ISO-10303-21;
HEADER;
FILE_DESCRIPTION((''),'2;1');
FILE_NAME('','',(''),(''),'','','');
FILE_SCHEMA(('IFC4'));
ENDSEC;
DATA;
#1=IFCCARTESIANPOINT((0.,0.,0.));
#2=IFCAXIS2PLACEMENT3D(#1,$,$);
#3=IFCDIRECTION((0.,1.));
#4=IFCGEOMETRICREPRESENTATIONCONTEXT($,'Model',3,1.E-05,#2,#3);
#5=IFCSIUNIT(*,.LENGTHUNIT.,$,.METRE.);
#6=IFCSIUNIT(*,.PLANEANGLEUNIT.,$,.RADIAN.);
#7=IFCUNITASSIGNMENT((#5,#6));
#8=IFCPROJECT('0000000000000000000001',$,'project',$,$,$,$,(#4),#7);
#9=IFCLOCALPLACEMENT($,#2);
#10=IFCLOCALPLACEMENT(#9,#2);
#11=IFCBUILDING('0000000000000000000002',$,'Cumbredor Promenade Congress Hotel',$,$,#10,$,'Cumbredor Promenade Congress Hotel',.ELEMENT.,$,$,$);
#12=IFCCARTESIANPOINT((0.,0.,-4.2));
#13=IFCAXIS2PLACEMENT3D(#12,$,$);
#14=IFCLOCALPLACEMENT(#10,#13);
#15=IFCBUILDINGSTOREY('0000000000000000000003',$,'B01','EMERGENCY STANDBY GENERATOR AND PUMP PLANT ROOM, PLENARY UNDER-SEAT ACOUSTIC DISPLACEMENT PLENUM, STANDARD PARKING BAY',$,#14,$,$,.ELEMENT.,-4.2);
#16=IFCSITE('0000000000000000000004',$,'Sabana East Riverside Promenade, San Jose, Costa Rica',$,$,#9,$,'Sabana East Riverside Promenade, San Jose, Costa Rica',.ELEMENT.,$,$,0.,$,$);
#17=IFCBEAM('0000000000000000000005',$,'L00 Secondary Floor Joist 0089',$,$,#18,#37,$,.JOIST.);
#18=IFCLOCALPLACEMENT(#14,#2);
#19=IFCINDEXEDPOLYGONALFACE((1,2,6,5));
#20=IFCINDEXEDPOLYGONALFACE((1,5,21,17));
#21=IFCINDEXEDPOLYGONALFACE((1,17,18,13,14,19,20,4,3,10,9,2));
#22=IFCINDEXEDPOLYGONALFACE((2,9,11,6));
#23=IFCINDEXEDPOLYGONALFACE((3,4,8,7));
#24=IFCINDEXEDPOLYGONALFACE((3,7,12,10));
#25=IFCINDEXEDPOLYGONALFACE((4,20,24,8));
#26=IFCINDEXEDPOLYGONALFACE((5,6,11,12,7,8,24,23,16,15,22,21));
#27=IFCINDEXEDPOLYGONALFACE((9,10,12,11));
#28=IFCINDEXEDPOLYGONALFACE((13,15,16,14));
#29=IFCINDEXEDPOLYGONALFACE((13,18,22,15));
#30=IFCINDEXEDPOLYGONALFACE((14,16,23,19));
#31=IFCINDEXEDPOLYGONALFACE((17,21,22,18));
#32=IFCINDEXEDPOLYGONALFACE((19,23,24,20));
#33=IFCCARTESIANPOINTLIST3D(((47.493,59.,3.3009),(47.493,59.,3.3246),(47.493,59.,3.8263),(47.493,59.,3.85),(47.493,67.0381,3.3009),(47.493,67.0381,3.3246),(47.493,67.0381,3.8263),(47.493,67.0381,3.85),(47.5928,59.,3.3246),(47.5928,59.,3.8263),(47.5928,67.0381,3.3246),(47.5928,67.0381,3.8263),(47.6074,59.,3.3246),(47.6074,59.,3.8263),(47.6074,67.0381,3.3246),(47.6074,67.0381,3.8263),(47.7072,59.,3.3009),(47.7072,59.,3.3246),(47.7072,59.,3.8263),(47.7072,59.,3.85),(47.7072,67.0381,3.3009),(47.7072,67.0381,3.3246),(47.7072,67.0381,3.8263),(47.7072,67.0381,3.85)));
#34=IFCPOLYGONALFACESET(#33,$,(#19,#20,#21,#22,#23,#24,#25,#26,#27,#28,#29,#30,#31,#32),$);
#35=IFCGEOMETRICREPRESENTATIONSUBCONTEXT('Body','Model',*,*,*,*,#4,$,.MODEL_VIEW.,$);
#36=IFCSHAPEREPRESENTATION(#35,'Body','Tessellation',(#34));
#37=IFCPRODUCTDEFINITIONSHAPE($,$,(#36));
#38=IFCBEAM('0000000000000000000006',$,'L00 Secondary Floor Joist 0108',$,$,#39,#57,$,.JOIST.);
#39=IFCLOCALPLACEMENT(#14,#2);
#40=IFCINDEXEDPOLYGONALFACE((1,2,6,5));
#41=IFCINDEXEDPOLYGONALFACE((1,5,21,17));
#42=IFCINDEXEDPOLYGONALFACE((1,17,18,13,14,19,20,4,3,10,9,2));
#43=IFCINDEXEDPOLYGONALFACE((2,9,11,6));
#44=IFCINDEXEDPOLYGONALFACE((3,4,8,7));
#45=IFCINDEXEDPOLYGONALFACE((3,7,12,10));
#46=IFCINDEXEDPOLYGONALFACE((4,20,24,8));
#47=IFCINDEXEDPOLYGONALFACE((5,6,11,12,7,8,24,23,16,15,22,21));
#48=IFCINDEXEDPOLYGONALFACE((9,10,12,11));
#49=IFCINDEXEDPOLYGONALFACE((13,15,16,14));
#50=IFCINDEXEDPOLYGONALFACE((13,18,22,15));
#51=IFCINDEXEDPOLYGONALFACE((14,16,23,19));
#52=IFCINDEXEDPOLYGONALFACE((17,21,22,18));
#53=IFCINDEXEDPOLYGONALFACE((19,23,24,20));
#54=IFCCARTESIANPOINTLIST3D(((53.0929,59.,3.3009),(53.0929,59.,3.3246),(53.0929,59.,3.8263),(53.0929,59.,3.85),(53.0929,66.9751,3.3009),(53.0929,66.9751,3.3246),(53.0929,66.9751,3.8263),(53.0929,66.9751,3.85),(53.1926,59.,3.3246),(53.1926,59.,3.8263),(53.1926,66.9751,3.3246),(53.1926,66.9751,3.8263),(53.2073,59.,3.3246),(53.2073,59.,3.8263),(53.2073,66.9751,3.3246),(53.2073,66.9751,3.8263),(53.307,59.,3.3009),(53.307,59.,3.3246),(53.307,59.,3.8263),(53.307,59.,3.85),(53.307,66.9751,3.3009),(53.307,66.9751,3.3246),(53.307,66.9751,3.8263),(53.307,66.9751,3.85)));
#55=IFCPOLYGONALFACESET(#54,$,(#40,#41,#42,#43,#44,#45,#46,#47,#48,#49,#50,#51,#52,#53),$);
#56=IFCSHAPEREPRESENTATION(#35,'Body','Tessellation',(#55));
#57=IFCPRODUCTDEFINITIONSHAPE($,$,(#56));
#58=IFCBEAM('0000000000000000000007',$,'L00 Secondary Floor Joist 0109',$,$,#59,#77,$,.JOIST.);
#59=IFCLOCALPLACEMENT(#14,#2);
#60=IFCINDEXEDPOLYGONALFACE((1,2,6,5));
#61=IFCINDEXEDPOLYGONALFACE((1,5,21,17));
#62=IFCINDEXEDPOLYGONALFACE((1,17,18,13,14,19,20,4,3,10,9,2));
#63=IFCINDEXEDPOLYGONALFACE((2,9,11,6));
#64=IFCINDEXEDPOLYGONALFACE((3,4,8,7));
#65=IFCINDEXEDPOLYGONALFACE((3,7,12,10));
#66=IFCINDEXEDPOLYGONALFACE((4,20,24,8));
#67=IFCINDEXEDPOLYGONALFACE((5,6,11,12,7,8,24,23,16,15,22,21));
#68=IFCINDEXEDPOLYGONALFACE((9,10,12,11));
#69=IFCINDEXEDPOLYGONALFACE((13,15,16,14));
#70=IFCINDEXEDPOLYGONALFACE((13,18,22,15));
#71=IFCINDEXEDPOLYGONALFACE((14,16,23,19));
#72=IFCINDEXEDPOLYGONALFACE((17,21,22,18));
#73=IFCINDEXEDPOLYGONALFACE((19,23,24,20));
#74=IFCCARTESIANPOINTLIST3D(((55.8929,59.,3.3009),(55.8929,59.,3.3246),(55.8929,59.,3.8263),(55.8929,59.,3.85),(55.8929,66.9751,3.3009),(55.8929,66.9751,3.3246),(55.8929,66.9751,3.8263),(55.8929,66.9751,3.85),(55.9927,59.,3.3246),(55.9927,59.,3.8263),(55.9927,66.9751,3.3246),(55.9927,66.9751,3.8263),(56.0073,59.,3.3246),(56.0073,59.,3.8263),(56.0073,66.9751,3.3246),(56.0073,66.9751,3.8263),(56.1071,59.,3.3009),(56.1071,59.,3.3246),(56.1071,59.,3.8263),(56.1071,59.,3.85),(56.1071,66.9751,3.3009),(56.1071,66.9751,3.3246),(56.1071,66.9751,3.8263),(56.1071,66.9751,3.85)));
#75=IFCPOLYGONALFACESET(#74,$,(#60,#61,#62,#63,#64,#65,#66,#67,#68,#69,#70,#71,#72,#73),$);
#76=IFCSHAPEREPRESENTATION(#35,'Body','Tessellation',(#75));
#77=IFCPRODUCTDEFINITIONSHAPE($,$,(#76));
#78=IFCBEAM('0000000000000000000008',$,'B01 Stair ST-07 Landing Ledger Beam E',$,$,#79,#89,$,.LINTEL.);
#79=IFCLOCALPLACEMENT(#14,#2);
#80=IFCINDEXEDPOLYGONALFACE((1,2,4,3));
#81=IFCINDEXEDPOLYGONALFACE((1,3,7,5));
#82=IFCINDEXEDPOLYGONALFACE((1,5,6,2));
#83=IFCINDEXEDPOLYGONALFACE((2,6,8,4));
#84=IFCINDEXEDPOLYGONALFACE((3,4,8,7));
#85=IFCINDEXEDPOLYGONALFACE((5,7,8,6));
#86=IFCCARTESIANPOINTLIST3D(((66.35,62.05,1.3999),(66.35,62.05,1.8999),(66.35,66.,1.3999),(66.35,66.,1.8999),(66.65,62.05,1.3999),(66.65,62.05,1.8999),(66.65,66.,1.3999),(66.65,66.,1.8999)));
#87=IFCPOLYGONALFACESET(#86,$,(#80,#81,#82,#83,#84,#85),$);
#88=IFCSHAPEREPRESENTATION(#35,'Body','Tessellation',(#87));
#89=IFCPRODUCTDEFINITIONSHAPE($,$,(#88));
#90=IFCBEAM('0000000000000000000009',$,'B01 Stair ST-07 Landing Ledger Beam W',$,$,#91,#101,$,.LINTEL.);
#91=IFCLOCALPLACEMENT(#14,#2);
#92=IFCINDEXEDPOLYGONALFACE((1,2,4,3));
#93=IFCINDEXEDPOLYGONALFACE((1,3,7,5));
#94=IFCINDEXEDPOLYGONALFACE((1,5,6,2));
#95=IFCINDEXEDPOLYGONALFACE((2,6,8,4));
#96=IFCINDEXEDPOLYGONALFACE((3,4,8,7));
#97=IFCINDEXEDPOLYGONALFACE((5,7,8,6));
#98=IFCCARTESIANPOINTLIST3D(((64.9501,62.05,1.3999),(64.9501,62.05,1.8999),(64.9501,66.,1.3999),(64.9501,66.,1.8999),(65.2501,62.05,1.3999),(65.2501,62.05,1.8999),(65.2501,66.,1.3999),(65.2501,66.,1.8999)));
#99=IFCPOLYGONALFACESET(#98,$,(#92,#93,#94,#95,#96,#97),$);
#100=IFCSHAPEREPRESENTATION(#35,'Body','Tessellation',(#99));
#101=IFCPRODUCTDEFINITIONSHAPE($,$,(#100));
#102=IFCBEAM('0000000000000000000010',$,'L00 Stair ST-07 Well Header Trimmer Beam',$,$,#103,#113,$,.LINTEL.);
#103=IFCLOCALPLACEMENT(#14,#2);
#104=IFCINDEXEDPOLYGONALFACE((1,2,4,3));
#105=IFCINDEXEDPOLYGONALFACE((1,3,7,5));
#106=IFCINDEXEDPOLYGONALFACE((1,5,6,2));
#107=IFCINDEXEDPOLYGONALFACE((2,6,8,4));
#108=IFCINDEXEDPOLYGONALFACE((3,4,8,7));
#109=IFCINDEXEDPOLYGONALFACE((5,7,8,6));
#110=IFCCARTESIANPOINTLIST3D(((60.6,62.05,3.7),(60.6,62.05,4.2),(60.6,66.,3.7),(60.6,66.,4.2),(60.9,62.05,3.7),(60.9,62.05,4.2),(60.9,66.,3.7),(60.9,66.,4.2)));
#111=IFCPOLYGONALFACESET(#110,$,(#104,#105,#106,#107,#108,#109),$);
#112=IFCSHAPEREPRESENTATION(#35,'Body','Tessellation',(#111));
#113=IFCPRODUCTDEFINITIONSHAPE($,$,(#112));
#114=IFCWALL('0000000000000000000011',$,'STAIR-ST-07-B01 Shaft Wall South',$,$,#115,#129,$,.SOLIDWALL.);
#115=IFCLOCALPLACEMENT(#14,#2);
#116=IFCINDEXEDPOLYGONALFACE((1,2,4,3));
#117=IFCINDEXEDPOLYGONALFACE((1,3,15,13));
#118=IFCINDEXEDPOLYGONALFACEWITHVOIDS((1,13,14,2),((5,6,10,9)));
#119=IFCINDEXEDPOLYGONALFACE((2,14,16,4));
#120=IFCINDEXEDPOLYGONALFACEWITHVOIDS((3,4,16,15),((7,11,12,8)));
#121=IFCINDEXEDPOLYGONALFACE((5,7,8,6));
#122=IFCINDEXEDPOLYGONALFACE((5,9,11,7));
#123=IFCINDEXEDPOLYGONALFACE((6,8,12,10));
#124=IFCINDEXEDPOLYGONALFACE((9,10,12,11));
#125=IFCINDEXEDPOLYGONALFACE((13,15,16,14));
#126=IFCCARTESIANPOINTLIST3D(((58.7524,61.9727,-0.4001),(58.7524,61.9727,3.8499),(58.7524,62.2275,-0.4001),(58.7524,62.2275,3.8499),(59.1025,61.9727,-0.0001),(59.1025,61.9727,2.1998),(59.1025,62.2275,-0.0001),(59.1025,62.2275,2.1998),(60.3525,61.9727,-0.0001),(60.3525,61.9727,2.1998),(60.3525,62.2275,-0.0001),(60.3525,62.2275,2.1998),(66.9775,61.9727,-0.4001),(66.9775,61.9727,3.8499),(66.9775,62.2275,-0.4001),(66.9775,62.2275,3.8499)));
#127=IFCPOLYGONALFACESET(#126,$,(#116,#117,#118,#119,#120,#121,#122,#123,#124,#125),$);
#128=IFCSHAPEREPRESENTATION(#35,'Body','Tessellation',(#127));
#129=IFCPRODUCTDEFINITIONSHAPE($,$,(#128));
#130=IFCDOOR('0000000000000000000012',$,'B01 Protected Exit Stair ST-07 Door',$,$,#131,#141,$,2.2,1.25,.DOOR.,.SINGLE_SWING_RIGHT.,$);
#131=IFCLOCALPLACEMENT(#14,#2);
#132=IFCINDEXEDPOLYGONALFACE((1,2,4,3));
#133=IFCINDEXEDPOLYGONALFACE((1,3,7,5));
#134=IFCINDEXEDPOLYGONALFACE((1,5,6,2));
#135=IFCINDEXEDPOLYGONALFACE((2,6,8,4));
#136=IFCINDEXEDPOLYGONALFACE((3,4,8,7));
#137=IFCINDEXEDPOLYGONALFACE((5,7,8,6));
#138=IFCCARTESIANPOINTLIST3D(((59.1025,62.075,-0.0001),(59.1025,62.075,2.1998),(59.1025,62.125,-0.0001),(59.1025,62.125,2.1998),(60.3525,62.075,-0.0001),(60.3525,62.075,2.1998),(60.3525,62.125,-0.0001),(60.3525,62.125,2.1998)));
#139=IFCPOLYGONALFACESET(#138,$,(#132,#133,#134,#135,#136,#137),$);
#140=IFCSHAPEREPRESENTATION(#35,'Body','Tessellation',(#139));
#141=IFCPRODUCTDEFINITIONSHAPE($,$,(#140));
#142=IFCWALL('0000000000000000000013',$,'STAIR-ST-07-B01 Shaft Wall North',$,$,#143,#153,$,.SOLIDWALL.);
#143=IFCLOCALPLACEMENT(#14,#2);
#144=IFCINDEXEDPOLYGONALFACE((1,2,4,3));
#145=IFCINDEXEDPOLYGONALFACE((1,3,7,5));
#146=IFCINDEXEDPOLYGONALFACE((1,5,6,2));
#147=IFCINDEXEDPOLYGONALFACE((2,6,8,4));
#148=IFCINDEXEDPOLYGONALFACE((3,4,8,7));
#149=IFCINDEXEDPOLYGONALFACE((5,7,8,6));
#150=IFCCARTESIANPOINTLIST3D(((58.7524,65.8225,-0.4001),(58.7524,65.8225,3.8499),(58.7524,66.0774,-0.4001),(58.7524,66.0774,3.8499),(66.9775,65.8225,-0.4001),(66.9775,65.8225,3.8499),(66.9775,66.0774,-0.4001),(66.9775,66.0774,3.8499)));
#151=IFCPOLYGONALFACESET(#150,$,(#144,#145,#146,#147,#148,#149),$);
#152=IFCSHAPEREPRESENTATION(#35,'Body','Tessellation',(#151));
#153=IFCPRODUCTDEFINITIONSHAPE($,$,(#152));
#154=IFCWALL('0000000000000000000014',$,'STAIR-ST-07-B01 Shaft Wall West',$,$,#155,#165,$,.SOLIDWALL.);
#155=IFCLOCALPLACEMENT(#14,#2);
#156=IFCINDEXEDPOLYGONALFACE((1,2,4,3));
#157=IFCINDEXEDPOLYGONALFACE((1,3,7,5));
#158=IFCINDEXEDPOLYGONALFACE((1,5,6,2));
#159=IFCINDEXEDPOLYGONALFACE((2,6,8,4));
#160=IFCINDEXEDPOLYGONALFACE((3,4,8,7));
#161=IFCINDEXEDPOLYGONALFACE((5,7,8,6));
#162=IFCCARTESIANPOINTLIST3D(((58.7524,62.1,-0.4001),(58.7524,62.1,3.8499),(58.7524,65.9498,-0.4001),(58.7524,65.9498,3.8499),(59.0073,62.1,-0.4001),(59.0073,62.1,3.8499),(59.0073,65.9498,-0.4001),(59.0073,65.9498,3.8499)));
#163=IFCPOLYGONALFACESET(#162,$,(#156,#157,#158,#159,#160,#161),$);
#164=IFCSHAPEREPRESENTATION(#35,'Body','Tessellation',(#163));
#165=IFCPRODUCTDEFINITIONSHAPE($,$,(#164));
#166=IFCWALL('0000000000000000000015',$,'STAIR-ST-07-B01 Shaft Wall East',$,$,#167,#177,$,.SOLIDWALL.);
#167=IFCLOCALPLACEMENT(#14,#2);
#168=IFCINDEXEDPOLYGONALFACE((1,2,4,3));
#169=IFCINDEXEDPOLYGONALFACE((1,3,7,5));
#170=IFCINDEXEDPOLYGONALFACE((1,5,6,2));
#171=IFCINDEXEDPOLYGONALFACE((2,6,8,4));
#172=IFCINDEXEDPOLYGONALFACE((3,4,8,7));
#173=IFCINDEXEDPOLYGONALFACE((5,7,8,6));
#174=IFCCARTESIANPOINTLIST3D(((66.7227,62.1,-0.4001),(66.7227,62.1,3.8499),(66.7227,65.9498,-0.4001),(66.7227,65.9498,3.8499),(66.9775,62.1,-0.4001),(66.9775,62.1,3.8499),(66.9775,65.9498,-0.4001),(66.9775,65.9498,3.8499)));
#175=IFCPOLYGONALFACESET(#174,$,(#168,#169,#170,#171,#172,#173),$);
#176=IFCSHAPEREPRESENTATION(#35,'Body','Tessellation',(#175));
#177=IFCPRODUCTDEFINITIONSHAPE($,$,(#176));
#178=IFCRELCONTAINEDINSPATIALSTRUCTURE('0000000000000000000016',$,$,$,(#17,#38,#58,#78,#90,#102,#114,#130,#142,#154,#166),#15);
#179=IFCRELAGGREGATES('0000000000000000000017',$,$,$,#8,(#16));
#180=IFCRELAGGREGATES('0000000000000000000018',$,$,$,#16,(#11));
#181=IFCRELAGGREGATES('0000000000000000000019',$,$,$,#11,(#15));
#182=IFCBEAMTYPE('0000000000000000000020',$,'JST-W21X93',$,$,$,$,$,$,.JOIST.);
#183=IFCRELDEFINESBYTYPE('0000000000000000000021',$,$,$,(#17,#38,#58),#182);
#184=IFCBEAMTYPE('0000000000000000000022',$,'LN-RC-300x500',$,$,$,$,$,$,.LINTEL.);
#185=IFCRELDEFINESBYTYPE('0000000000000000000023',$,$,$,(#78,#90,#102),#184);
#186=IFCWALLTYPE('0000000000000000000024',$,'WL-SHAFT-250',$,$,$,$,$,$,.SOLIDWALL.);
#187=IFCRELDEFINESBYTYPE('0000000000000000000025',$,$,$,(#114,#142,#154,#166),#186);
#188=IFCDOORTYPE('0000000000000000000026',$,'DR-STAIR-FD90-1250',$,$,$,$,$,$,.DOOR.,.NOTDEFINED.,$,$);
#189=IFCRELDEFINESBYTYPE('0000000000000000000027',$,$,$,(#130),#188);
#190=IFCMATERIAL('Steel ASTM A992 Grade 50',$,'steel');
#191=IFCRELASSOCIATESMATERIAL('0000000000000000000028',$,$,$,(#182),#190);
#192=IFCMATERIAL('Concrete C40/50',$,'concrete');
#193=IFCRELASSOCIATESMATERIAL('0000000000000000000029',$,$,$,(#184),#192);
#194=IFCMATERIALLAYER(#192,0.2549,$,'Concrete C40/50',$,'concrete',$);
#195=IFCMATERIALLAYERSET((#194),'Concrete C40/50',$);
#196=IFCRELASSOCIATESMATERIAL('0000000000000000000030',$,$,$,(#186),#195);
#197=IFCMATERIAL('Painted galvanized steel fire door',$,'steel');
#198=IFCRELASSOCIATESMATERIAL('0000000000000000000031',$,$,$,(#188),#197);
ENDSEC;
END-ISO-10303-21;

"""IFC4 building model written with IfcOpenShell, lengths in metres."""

from ifc_helpers import new_model, si_unit, direction, frame, frame_2d, origin, origin_2d, place, context, subcontext, project, spatial, rectangle, i_section, extrude, material, layer, layer_set, material_profile, profile_set, type_object, element, fill, save


model = new_model("IFC4")

# Units and contexts
model_context = context("Model", 3, precision=1e-05, world=origin(), true_north=direction((0.0, 1.0)))
body_context = subcontext(model_context, "Body", "Model", "MODEL_VIEW")
ifc_project = project(units=[si_unit("LENGTHUNIT", "METRE"), si_unit("PLANEANGLEUNIT", "RADIAN")], contexts=[model_context])

# Site, building, storey
site_placement = place(None, origin())
site = spatial("IfcSite", under=ifc_project, at=site_placement, Name="Sabana East Riverside Promenade, San Jose, Costa Rica", LongName="Sabana East Riverside Promenade, San Jose, Costa Rica", CompositionType="ELEMENT", RefElevation=0.0)
building_placement = place(site_placement, origin())
building = spatial("IfcBuilding", under=site, at=building_placement, Name="Cumbredor Promenade Congress Hotel", LongName="Cumbredor Promenade Congress Hotel", CompositionType="ELEMENT")
storey_placement = place(building_placement, frame((0.0, 0.0, -4.2)))
storey = spatial("IfcBuildingStorey", under=building, at=storey_placement, Name="B01", Description="EMERGENCY STANDBY GENERATOR AND PUMP PLANT ROOM, PLENARY UNDER-SEAT ACOUSTIC DISPLACEMENT PLENUM, STANDARD PARKING BAY", CompositionType="ELEMENT", Elevation=-4.2)

# Beams
ifc_material_1 = material(Name="Concrete C40/50", Category="concrete")
ifc_material_2 = material(Name="Steel ASTM A992 Grade 50", Category="steel")
ifc_material_profile_1 = material_profile(ifc_material_2, i_section(OverallWidth=0.2141, OverallDepth=0.5491, WebThickness=0.0146, FlangeThickness=0.0237, at=origin_2d()), Name="W21X93")
ifc_profile_set_1 = profile_set([ifc_material_profile_1], Name="Steel ASTM A992 Grade 50")
beam_type_1 = type_object("IfcBeamType", Name="JST-W21X93", PredefinedType="JOIST", material=ifc_profile_set_1)
for number, where, z_axis, x_axis, name in (
    (1, (47.6001, 59.0, 3.5754), (0.0, 1.0, 0.0), (-1.0, 0.0, 0.0), "L00 Secondary Floor Joist 0089"),
):
    element("IfcBeam", number, at=place(storey_placement, frame(where, z_axis=z_axis, x_axis=x_axis)), inside=storey, type_object=beam_type_1, Name=name, PredefinedType="JOIST", context=body_context, shape_type="SweptSolid", body=[
        extrude(i_section(OverallWidth=0.2141, OverallDepth=0.5491, WebThickness=0.0146, FlangeThickness=0.0237, at=origin_2d()), origin(), (0.0, 0.0, 1.0), 8.0381),
    ])
for number, where, z_axis, x_axis, name in (
    (2, (53.2, 59.0, 3.5754), (0.0, 1.0, 0.0), (-1.0, 0.0, 0.0), "L00 Secondary Floor Joist 0108"),
    (3, (56.0, 59.0, 3.5754), (0.0, 1.0, 0.0), (-1.0, 0.0, 0.0), "L00 Secondary Floor Joist 0109"),
):
    element("IfcBeam", number, at=place(storey_placement, frame(where, z_axis=z_axis, x_axis=x_axis)), inside=storey, type_object=beam_type_1, Name=name, PredefinedType="JOIST", context=body_context, shape_type="SweptSolid", body=[
        extrude(i_section(OverallWidth=0.2141, OverallDepth=0.5491, WebThickness=0.0146, FlangeThickness=0.0237, at=origin_2d()), origin(), (0.0, 0.0, 1.0), 7.9751),
    ])
ifc_material_profile_2 = material_profile(ifc_material_1, rectangle(XDim=0.3, YDim=0.5, at=origin_2d()), Name="RC LINTEL 300x500")
ifc_profile_set_2 = profile_set([ifc_material_profile_2], Name="Concrete C40/50")
beam_type_2 = type_object("IfcBeamType", Name="LN-RC-300x500", PredefinedType="LINTEL", material=ifc_profile_set_2)
for number, where, z_axis, x_axis, name in (
    (4, (66.5, 62.05, 1.6499), (0.0, 1.0, 0.0), (-1.0, 0.0, 0.0), "B01 Stair ST-07 Landing Ledger Beam E"),
    (5, (65.1001, 62.05, 1.6499), (0.0, 1.0, 0.0), (-1.0, 0.0, 0.0), "B01 Stair ST-07 Landing Ledger Beam W"),
    (6, (60.75, 62.05, 3.95), (0.0, 1.0, 0.0), (-1.0, 0.0, 0.0), "L00 Stair ST-07 Well Header Trimmer Beam"),
):
    element("IfcBeam", number, at=place(storey_placement, frame(where, z_axis=z_axis, x_axis=x_axis)), inside=storey, type_object=beam_type_2, Name=name, PredefinedType="LINTEL", context=body_context, shape_type="SweptSolid", body=[
        extrude(rectangle(XDim=0.3, YDim=0.5, at=origin_2d()), origin(), (0.0, 0.0, 1.0), 3.95),
    ])

# Wall, opening, door
ifc_layer = layer(ifc_material_1, 0.2549, Name="Concrete C40/50", Category="concrete")
ifc_layer_set = layer_set([ifc_layer], Name="Concrete C40/50")
wall_type = type_object("IfcWallType", Name="WL-SHAFT-250", PredefinedType="SOLIDWALL", material=ifc_layer_set)
wall_1_placement = place(storey_placement, frame((58.7524, 62.1001, -0.4001), z_axis=(0.0, 0.0, 1.0), x_axis=(1.0, 0.0, 0.0)))
wall_1 = element("IfcWall", 7, at=wall_1_placement, inside=storey, type_object=wall_type, Name="STAIR-ST-07-B01 Shaft Wall South", PredefinedType="SOLIDWALL", context=body_context, shape_type="SweptSolid", body=[
    extrude(rectangle(XDim=8.2251, YDim=0.2549, at=frame_2d((4.1125, 0.0))), origin(), (0.0, 0.0, 1.0), 4.25),
])
opening_placement = place(wall_1_placement, frame((0.3501, 0.0, 0.3999)))
opening = element("IfcOpeningElement", 8, at=opening_placement, cuts=wall_1, PredefinedType="OPENING", context=body_context, shape_type="SweptSolid", body=[
    extrude(rectangle(XDim=1.25, YDim=2.2, at=frame_2d((0.625, 1.1001))), frame((0.0, 0.1375, 0.0), z_axis=(0.0, -1.0, 0.0), x_axis=(1.0, 0.0, 0.0)), (0.0, 0.0, 1.0), 0.2749),
])
ifc_material_3 = material(Name="Painted galvanized steel fire door", Category="steel")
door_type = type_object("IfcDoorType", Name="DR-STAIR-FD90-1250", OperationType="NOTDEFINED", PredefinedType="DOOR", material=ifc_material_3)
door_placement = place(opening_placement, origin())
door = element("IfcDoor", 9, at=door_placement, inside=storey, type_object=door_type, Name="B01 Protected Exit Stair ST-07 Door", OperationType="SINGLE_SWING_RIGHT", OverallHeight=2.2, OverallWidth=1.25, PredefinedType="DOOR", context=body_context, shape_type="SweptSolid", body=[
    extrude(rectangle(XDim=1.25, YDim=2.2, at=frame_2d((0.625, 1.1001))), frame((0.0, 0.0249, 0.0), z_axis=(0.0, -1.0, 0.0), x_axis=(1.0, 0.0, 0.0)), (0.0, 0.0, 1.0), 0.05),
])
fill(opening, door)

# Walls
wall_2_placement = place(storey_placement, frame((58.7524, 65.95, -0.4001), z_axis=(0.0, 0.0, 1.0), x_axis=(1.0, 0.0, 0.0)))
element("IfcWall", 10, at=wall_2_placement, inside=storey, type_object=wall_type, Name="STAIR-ST-07-B01 Shaft Wall North", PredefinedType="SOLIDWALL", context=body_context, shape_type="SweptSolid", body=[
    extrude(rectangle(XDim=8.2251, YDim=0.2549, at=frame_2d((4.1125, 0.0))), origin(), (0.0, 0.0, 1.0), 4.25),
])
for number, where, z_axis, x_axis, name in (
    (11, (58.8799, 62.1001, -0.4001), (0.0, 0.0, 1.0), (0.0, 1.0, 0.0), "STAIR-ST-07-B01 Shaft Wall West"),
    (12, (66.8501, 62.1001, -0.4001), (0.0, 0.0, 1.0), (0.0, 1.0, 0.0), "STAIR-ST-07-B01 Shaft Wall East"),
):
    element("IfcWall", number, at=place(storey_placement, frame(where, z_axis=z_axis, x_axis=x_axis)), inside=storey, type_object=wall_type, Name=name, PredefinedType="SOLIDWALL", context=body_context, shape_type="SweptSolid", body=[
        extrude(rectangle(XDim=3.8499, YDim=0.2549, at=frame_2d((1.9248, 0.0))), origin(), (0.0, 0.0, 1.0), 4.25),
    ])

save(model, "model.ifc")
